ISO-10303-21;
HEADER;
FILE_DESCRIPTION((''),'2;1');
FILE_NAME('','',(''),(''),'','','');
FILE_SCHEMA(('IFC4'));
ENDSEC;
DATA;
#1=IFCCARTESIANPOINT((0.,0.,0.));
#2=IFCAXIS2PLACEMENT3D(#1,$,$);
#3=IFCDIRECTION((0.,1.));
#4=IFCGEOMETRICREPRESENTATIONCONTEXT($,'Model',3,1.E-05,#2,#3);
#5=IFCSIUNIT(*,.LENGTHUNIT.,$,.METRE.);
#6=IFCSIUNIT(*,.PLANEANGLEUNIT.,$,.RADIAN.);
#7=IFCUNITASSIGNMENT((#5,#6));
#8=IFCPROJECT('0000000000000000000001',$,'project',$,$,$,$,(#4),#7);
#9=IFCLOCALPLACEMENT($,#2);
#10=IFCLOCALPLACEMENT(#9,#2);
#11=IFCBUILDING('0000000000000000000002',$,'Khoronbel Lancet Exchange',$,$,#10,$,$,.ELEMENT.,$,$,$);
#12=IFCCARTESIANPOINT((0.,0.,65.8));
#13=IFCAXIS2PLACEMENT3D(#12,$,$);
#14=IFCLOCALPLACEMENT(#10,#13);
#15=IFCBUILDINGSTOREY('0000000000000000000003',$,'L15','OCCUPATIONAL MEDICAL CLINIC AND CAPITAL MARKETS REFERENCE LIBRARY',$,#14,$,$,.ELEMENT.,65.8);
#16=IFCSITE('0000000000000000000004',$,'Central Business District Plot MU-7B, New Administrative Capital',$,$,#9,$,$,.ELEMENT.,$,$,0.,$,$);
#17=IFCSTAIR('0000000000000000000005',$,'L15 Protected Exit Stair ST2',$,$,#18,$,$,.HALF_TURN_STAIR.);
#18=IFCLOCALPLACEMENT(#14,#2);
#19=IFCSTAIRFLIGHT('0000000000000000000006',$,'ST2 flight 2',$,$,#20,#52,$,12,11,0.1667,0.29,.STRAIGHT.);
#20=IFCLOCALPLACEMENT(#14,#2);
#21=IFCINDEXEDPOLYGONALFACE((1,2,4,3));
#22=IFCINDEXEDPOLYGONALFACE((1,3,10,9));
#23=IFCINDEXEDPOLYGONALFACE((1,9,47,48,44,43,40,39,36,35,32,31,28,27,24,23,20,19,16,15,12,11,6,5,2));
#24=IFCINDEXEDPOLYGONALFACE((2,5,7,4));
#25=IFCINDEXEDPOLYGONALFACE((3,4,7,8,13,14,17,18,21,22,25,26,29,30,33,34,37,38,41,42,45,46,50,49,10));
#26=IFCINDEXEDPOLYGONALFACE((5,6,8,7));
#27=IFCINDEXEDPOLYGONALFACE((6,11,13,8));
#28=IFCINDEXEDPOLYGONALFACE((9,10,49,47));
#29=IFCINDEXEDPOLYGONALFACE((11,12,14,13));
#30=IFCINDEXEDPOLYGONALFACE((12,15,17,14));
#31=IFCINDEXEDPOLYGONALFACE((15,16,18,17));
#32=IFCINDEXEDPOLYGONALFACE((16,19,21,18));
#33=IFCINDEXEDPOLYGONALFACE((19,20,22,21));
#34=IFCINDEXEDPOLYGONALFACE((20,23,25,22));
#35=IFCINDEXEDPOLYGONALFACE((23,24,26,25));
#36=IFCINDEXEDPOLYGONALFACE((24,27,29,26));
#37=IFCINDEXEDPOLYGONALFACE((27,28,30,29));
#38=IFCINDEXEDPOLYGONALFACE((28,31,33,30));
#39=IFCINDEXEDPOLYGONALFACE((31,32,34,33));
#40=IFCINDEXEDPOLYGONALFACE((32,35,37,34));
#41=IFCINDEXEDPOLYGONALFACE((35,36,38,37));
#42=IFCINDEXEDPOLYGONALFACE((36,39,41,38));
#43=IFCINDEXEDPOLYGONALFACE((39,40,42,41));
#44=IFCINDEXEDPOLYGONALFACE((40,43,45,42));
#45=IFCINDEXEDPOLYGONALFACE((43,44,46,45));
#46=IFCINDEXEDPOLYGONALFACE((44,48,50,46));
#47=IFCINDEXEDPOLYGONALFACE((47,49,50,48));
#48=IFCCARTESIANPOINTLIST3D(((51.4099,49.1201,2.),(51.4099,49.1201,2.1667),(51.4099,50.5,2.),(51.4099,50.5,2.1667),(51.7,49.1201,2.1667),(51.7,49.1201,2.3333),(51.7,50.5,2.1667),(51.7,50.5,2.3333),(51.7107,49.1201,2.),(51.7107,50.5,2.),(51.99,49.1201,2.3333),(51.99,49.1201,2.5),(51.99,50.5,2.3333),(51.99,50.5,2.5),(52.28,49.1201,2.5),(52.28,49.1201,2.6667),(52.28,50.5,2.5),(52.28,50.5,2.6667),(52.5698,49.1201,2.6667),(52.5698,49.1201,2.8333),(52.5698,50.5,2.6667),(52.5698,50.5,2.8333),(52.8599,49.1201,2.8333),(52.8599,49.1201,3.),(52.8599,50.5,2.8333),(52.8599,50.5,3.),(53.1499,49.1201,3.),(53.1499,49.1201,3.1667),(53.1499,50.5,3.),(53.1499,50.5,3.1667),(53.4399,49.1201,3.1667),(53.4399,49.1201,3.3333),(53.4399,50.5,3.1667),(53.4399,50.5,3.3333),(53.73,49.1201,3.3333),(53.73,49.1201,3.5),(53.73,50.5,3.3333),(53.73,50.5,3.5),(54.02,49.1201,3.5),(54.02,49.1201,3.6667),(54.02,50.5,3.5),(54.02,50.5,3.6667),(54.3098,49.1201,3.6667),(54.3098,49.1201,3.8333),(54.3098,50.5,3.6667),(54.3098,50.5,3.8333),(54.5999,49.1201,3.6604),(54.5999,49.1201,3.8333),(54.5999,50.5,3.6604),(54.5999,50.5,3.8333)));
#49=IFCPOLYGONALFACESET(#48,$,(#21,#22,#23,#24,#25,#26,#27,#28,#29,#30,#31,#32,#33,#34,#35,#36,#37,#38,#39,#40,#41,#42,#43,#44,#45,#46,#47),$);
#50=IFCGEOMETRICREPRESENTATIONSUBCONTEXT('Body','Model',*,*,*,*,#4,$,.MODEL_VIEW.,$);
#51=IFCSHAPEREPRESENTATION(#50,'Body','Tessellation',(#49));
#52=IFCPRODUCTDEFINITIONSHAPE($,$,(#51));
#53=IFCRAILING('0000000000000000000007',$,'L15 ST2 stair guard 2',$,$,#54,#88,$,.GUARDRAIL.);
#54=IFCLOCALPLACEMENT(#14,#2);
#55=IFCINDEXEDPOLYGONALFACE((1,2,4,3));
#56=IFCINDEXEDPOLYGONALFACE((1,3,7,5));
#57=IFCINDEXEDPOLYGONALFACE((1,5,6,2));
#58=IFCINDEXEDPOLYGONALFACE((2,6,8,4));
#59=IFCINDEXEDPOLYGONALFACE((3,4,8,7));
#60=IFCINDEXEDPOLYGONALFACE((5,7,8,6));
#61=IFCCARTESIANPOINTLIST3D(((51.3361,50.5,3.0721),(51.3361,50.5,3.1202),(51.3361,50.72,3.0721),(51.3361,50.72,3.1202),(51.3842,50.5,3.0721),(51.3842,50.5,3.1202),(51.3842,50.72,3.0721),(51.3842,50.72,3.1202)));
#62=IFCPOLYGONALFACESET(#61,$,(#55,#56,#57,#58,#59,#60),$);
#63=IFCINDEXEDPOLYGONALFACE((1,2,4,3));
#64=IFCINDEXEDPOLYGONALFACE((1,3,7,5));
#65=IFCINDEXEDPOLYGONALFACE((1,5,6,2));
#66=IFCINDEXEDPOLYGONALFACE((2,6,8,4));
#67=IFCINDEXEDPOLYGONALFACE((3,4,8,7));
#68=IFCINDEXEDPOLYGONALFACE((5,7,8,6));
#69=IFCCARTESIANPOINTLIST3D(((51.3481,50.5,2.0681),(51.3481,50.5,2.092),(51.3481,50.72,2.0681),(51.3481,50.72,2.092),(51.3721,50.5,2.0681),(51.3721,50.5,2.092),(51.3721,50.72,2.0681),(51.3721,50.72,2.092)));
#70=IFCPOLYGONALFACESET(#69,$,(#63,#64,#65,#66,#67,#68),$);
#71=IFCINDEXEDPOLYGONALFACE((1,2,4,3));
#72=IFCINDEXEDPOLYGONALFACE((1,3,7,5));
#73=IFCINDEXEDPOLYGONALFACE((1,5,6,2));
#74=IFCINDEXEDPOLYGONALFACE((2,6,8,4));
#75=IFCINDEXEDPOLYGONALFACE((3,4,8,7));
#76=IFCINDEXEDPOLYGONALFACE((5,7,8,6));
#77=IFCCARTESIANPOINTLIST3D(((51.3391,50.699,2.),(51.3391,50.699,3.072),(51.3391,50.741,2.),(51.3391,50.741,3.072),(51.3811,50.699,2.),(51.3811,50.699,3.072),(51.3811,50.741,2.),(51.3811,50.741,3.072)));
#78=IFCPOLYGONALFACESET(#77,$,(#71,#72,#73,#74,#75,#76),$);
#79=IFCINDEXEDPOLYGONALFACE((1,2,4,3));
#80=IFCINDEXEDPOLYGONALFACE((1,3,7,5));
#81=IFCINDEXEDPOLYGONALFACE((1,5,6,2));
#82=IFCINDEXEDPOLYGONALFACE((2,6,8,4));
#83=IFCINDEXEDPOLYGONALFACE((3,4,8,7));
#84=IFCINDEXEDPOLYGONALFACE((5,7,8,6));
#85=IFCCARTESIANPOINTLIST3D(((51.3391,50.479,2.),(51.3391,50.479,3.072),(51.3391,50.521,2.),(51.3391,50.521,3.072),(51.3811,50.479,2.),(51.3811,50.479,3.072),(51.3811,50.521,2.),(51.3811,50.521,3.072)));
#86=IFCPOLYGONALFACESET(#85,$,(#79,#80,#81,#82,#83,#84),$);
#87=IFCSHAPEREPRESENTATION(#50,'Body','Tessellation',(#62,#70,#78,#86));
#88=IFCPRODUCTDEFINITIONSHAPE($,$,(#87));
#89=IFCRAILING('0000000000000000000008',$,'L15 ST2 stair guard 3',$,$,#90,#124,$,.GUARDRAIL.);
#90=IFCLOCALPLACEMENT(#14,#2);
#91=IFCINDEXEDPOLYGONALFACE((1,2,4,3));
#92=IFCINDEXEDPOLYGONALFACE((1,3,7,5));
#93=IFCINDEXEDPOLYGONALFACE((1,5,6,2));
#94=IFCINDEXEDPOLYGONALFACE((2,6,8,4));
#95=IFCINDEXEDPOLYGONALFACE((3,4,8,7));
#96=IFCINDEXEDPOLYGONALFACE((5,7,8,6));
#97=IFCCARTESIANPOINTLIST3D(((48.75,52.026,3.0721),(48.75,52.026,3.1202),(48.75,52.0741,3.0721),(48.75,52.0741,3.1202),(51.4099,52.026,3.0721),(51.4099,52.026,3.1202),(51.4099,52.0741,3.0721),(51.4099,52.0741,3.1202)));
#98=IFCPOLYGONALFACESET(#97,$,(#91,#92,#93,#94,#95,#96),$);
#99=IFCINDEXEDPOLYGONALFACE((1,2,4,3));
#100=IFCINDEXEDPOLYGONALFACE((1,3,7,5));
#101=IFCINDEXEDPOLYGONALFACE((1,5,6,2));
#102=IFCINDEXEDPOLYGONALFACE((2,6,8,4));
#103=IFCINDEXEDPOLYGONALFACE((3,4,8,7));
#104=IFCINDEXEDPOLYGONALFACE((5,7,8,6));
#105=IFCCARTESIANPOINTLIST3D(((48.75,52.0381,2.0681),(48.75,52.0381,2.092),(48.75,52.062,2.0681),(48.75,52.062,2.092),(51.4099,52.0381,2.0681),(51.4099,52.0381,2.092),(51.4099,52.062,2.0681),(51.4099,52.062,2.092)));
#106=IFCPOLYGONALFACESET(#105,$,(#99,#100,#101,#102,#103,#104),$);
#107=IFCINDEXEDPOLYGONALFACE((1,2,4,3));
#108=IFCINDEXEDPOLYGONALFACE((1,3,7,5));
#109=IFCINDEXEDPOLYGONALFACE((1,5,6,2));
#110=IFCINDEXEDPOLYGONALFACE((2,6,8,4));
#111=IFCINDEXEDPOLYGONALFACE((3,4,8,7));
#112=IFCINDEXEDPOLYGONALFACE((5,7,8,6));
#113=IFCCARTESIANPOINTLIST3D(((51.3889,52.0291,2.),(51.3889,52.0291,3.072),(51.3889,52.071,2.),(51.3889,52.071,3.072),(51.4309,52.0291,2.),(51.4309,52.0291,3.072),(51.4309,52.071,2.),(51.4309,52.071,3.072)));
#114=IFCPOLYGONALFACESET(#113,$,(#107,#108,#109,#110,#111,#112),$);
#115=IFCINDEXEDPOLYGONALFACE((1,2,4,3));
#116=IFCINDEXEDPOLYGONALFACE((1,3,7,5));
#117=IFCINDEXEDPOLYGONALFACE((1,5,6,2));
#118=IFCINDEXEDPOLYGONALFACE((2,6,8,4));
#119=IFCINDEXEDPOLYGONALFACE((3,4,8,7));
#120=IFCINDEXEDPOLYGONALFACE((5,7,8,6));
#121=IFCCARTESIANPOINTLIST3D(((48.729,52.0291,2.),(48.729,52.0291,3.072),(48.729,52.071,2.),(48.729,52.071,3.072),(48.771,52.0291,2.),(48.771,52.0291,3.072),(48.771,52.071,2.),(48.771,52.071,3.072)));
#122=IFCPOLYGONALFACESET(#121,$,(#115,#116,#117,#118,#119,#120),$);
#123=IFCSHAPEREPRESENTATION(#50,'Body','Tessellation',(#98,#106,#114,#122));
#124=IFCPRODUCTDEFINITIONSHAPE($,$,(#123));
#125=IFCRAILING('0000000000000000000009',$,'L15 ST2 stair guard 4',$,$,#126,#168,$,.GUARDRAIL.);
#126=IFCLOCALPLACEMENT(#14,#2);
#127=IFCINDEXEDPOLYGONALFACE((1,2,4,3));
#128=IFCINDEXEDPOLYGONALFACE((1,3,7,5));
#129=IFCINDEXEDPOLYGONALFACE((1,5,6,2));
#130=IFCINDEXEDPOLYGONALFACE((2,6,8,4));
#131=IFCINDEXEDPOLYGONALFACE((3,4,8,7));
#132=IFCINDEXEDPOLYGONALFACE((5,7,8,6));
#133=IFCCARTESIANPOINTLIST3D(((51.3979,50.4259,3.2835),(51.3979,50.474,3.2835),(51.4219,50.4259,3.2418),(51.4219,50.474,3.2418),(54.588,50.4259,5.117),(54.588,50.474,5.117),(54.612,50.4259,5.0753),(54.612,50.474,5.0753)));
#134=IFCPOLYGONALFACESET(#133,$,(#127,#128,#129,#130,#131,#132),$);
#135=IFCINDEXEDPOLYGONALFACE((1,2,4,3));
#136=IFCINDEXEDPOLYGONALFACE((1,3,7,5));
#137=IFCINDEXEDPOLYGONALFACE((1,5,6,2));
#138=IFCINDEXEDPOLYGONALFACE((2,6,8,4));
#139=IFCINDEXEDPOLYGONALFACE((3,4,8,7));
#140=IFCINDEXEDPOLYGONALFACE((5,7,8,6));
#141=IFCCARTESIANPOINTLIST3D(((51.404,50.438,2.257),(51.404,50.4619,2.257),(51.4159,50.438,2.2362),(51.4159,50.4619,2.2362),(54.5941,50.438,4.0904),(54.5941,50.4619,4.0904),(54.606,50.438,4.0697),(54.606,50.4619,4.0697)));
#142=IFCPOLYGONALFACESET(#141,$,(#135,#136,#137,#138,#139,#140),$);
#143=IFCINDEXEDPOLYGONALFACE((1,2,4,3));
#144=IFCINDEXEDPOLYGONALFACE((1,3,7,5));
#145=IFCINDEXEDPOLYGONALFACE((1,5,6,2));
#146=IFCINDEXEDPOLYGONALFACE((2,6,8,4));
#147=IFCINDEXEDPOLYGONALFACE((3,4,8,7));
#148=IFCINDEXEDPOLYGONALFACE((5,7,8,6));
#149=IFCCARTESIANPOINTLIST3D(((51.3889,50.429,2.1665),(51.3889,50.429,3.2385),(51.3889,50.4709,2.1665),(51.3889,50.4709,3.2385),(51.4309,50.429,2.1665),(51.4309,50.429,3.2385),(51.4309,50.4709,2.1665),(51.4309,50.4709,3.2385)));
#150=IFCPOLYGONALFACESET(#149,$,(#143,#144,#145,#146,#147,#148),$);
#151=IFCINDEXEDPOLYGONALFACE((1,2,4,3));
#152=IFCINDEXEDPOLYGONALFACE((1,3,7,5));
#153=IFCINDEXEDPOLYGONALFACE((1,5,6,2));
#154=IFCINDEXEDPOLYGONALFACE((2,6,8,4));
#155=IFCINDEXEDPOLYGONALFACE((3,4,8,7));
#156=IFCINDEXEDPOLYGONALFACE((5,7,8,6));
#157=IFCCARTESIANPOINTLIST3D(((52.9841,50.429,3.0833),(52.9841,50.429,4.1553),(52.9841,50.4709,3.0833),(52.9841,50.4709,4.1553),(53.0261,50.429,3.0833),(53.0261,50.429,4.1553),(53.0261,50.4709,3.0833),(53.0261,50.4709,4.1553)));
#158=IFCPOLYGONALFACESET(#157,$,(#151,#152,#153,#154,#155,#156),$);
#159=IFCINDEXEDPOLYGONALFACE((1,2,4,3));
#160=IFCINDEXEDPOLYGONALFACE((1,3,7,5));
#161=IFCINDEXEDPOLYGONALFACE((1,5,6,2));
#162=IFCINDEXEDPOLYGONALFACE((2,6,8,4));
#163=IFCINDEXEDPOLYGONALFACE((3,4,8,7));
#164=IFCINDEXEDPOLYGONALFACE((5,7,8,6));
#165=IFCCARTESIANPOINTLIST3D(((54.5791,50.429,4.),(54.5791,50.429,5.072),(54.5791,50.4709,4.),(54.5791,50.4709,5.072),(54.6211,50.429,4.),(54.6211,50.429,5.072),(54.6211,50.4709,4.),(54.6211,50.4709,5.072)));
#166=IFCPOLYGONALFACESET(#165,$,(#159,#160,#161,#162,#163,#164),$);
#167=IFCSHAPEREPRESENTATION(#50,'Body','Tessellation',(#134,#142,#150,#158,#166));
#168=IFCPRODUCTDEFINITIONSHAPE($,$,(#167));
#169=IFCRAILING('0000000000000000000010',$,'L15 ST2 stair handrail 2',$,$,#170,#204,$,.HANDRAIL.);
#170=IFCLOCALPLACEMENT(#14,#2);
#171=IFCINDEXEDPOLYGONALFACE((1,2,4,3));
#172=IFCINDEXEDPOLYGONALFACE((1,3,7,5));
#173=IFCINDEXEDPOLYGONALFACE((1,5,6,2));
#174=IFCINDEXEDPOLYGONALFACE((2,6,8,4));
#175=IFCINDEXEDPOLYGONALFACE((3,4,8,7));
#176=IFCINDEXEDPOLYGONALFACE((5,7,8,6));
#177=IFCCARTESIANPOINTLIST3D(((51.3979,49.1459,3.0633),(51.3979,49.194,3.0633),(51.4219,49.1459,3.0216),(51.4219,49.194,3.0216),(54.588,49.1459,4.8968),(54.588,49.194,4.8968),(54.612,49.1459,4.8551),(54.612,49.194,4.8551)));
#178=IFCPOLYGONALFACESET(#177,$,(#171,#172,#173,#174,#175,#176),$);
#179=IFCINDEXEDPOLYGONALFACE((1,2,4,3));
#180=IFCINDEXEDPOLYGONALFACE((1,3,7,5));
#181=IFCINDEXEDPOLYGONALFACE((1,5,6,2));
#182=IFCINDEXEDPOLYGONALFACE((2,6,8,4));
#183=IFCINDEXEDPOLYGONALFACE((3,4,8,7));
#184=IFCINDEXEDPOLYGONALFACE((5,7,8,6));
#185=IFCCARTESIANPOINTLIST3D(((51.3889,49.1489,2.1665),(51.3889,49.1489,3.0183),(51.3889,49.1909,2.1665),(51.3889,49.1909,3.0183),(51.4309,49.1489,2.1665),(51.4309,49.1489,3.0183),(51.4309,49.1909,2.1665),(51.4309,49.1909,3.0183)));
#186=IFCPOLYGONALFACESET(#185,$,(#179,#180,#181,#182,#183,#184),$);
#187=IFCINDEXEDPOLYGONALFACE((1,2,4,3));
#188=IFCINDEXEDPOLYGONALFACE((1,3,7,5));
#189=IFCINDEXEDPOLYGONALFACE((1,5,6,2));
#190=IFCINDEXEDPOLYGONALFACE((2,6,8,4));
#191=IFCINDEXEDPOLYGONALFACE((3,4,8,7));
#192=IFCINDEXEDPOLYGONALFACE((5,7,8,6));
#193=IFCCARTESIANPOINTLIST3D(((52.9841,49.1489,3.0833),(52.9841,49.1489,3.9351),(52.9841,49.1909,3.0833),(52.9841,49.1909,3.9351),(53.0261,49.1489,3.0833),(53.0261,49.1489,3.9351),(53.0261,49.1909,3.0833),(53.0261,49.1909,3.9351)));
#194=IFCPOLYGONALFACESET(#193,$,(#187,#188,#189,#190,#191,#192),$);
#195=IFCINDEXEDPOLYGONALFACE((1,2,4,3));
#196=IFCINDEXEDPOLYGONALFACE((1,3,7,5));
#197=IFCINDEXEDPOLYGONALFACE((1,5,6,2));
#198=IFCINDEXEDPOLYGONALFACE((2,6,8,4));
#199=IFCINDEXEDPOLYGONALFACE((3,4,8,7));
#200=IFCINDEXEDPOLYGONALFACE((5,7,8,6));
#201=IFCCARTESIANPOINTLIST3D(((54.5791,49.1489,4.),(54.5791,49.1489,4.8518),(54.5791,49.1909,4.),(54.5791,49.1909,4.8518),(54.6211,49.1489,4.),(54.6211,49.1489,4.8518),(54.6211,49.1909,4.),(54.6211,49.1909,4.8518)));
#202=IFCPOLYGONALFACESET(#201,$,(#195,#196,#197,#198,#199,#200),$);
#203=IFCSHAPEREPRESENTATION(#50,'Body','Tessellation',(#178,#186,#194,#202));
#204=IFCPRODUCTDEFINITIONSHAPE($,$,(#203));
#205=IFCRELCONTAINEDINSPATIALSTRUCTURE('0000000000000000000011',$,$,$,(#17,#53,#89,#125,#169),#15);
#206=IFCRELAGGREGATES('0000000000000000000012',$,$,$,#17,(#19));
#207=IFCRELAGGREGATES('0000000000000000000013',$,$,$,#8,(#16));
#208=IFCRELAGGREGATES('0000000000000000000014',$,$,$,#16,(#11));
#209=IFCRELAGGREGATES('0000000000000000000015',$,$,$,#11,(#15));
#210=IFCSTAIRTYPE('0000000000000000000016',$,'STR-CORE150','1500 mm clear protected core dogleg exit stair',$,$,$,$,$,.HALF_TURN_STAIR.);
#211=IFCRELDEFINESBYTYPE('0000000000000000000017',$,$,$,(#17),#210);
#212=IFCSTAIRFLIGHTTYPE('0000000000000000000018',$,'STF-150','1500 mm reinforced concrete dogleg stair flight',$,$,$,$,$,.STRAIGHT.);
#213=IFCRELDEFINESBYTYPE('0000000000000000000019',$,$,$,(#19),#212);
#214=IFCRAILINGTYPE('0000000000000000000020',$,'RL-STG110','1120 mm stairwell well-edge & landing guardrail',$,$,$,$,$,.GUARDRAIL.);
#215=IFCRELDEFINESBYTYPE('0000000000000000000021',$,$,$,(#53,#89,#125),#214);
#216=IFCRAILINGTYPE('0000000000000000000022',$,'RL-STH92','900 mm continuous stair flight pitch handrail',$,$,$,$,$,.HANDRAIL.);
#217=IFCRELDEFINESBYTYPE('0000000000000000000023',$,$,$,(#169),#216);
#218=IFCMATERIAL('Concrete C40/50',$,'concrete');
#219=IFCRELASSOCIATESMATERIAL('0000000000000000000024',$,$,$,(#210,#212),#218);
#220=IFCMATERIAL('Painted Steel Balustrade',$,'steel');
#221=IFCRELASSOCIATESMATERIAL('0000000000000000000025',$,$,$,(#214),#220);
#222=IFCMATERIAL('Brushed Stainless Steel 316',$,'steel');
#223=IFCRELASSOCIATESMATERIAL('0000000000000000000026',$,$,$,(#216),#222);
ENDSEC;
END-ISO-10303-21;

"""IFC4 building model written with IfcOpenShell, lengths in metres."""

from ifc_helpers import new_model, si_unit, direction, frame, origin, origin_2d, place, context, subcontext, project, spatial, polyline, rectangle, outline, extrude, material, type_object, element, aggregate, save


model = new_model("IFC4")

# Units and contexts
model_context = context("Model", 3, precision=1e-05, world=origin(), true_north=direction((0.0, 1.0)))
body_context = subcontext(model_context, "Body", "Model", "MODEL_VIEW")
ifc_project = project(units=[si_unit("LENGTHUNIT", "METRE"), si_unit("PLANEANGLEUNIT", "RADIAN")], contexts=[model_context])

# Site, building, storey
site_placement = place(None, origin())
site = spatial("IfcSite", under=ifc_project, at=site_placement, Name="Central Business District Plot MU-7B, New Administrative Capital", CompositionType="ELEMENT", RefElevation=0.0)
building_placement = place(site_placement, origin())
building = spatial("IfcBuilding", under=site, at=building_placement, Name="Khoronbel Lancet Exchange", CompositionType="ELEMENT")
storey_placement = place(building_placement, frame((0.0, 0.0, 65.8)))
storey = spatial("IfcBuildingStorey", under=building, at=storey_placement, Name="L15", Description="OCCUPATIONAL MEDICAL CLINIC AND CAPITAL MARKETS REFERENCE LIBRARY", CompositionType="ELEMENT", Elevation=65.8)

# Stair, stair flight
ifc_material_1 = material(Name="Concrete C40/50", Category="concrete")
stair_type = type_object("IfcStairType", Name="STR-CORE150", Description="1500 mm clear protected core dogleg exit stair", PredefinedType="HALF_TURN_STAIR", material=ifc_material_1)
stair_placement = place(storey_placement, origin())
stair = element("IfcStair", 1, at=stair_placement, inside=storey, type_object=stair_type, Name="L15 Protected Exit Stair ST2", PredefinedType="HALF_TURN_STAIR")
stair_flight_type = type_object("IfcStairFlightType", Name="STF-150", Description="1500 mm reinforced concrete dogleg stair flight", PredefinedType="STRAIGHT", material=ifc_material_1)
stair_flight_placement = place(storey_placement, frame((51.4099, 49.8101, 2.0), z_axis=(0.0, 0.0, 1.0), x_axis=(1.0, 0.0, 0.0)))
stair_flight = element("IfcStairFlight", 2, at=stair_flight_placement, type_object=stair_flight_type, Name="ST2 flight 2", NumberOfRisers=12, NumberOfTreads=11, PredefinedType="STRAIGHT", RiserHeight=0.1667, TreadLength=0.29, context=body_context, shape_type="SweptSolid", body=[
    extrude(outline(polyline([(0.0, 0.0), (0.0, 0.1667), (0.29, 0.1667), (0.29, 0.3333), (0.5801, 0.3333), (0.5801, 0.5), (0.8701, 0.5), (0.8701, 0.6667), (1.1599, 0.6667), (1.1599, 0.8333), (1.45, 0.8333), (1.45, 1.0), (1.74, 1.0), (1.74, 1.1667), (2.03, 1.1667), (2.03, 1.3333), (2.3201, 1.3333), (2.3201, 1.5), (2.6101, 1.5), (2.6101, 1.6667), (2.8999, 1.6667), (2.8999, 1.8333), (3.1899, 1.8333), (3.1899, 2.0), (3.1899, 1.6604), (0.3008, 0.0), (0.0, 0.0)])), frame((0.0, 0.6899, 0.0), z_axis=(0.0, -1.0, 0.0), x_axis=(1.0, 0.0, 0.0)), (0.0, 0.0, 1.0), 1.3799),
])
aggregate(stair, [stair_flight])

# Railings
ifc_material_2 = material(Name="Painted Steel Balustrade", Category="steel")
railing_type_1 = type_object("IfcRailingType", Name="RL-STG110", Description="1120 mm stairwell well-edge & landing guardrail", PredefinedType="GUARDRAIL", material=ifc_material_2)
railing_1_placement = place(storey_placement, frame((51.3601, 50.72, 2.0)))
element("IfcRailing", 3, at=railing_1_placement, inside=storey, type_object=railing_type_1, Name="L15 ST2 stair guard 2", PredefinedType="GUARDRAIL", context=body_context, shape_type="SweptSolid", body=[
    extrude(rectangle(XDim=0.0481, YDim=0.0481, at=origin_2d()), frame((0.0, 0.0, 1.0962), z_axis=(0.0, -1.0, 0.0), x_axis=(1.0, 0.0, 0.0)), (0.0, 0.0, 1.0), 0.22),
    extrude(rectangle(XDim=0.0239, YDim=0.0239, at=origin_2d()), frame((0.0, 0.0, 0.0801), z_axis=(0.0, -1.0, 0.0), x_axis=(1.0, 0.0, 0.0)), (0.0, 0.0, 1.0), 0.22),
    extrude(rectangle(XDim=0.042, YDim=0.042, at=origin_2d()), origin(), (0.0, 0.0, 1.0), 1.072),
    extrude(rectangle(XDim=0.042, YDim=0.042, at=origin_2d()), frame((0.0, -0.22, 0.0)), (0.0, 0.0, 1.0), 1.072),
])
railing_2_placement = place(storey_placement, frame((51.4099, 52.05, 2.0)))
element("IfcRailing", 4, at=railing_2_placement, inside=storey, type_object=railing_type_1, Name="L15 ST2 stair guard 3", PredefinedType="GUARDRAIL", context=body_context, shape_type="SweptSolid", body=[
    extrude(rectangle(XDim=0.0481, YDim=0.0481, at=origin_2d()), frame((0.0, 0.0, 1.0962), z_axis=(-1.0, 0.0, 0.0), x_axis=(0.0, -1.0, 0.0)), (0.0, 0.0, 1.0), 2.6599),
    extrude(rectangle(XDim=0.0239, YDim=0.0239, at=origin_2d()), frame((0.0, 0.0, 0.0801), z_axis=(-1.0, 0.0, 0.0), x_axis=(0.0, -1.0, 0.0)), (0.0, 0.0, 1.0), 2.6599),
    extrude(rectangle(XDim=0.042, YDim=0.042, at=origin_2d()), origin(), (0.0, 0.0, 1.0), 1.072),
    extrude(rectangle(XDim=0.042, YDim=0.042, at=origin_2d()), frame((-2.6599, 0.0, 0.0)), (0.0, 0.0, 1.0), 1.072),
])
railing_3_placement = place(storey_placement, frame((51.4099, 50.45, 2.1665)))
element("IfcRailing", 5, at=railing_3_placement, inside=storey, type_object=railing_type_1, Name="L15 ST2 stair guard 4", PredefinedType="GUARDRAIL", context=body_context, shape_type="SweptSolid", body=[
    extrude(rectangle(XDim=0.0481, YDim=0.0481, at=origin_2d()), frame((0.0, 0.0, 1.0962), z_axis=(0.867007, 0.0, 0.498295), x_axis=(0.0, 1.0, 0.0)), (0.0, 0.0, 1.0), 3.6794),
    extrude(rectangle(XDim=0.0239, YDim=0.0239, at=origin_2d()), frame((0.0, 0.0, 0.0801), z_axis=(0.867007, 0.0, 0.498295), x_axis=(0.0, 1.0, 0.0)), (0.0, 0.0, 1.0), 3.6794),
    extrude(rectangle(XDim=0.042, YDim=0.042, at=origin_2d()), origin(), (0.0, 0.0, 1.0), 1.072),
    extrude(rectangle(XDim=0.042, YDim=0.042, at=origin_2d()), frame((1.5952, 0.0, 0.9167)), (0.0, 0.0, 1.0), 1.072),
    extrude(rectangle(XDim=0.042, YDim=0.042, at=origin_2d()), frame((3.1902, 0.0, 1.8335)), (0.0, 0.0, 1.0), 1.072),
])
ifc_material_3 = material(Name="Brushed Stainless Steel 316", Category="steel")
railing_type_2 = type_object("IfcRailingType", Name="RL-STH92", Description="900 mm continuous stair flight pitch handrail", PredefinedType="HANDRAIL", material=ifc_material_3)
railing_4_placement = place(storey_placement, frame((51.4099, 49.1699, 2.1665)))
element("IfcRailing", 6, at=railing_4_placement, inside=storey, type_object=railing_type_2, Name="L15 ST2 stair handrail 2", PredefinedType="HANDRAIL", context=body_context, shape_type="SweptSolid", body=[
    extrude(rectangle(XDim=0.0481, YDim=0.0481, at=origin_2d()), frame((0.0, 0.0, 0.876), z_axis=(0.867007, 0.0, 0.498295), x_axis=(0.0, 1.0, 0.0)), (0.0, 0.0, 1.0), 3.6794),
    extrude(rectangle(XDim=0.042, YDim=0.042, at=origin_2d()), origin(), (0.0, 0.0, 1.0), 0.8518),
    extrude(rectangle(XDim=0.042, YDim=0.042, at=origin_2d()), frame((1.5952, 0.0, 0.9167)), (0.0, 0.0, 1.0), 0.8518),
    extrude(rectangle(XDim=0.042, YDim=0.042, at=origin_2d()), frame((3.1902, 0.0, 1.8335)), (0.0, 0.0, 1.0), 0.8518),
])

save(model, "model.ifc")
